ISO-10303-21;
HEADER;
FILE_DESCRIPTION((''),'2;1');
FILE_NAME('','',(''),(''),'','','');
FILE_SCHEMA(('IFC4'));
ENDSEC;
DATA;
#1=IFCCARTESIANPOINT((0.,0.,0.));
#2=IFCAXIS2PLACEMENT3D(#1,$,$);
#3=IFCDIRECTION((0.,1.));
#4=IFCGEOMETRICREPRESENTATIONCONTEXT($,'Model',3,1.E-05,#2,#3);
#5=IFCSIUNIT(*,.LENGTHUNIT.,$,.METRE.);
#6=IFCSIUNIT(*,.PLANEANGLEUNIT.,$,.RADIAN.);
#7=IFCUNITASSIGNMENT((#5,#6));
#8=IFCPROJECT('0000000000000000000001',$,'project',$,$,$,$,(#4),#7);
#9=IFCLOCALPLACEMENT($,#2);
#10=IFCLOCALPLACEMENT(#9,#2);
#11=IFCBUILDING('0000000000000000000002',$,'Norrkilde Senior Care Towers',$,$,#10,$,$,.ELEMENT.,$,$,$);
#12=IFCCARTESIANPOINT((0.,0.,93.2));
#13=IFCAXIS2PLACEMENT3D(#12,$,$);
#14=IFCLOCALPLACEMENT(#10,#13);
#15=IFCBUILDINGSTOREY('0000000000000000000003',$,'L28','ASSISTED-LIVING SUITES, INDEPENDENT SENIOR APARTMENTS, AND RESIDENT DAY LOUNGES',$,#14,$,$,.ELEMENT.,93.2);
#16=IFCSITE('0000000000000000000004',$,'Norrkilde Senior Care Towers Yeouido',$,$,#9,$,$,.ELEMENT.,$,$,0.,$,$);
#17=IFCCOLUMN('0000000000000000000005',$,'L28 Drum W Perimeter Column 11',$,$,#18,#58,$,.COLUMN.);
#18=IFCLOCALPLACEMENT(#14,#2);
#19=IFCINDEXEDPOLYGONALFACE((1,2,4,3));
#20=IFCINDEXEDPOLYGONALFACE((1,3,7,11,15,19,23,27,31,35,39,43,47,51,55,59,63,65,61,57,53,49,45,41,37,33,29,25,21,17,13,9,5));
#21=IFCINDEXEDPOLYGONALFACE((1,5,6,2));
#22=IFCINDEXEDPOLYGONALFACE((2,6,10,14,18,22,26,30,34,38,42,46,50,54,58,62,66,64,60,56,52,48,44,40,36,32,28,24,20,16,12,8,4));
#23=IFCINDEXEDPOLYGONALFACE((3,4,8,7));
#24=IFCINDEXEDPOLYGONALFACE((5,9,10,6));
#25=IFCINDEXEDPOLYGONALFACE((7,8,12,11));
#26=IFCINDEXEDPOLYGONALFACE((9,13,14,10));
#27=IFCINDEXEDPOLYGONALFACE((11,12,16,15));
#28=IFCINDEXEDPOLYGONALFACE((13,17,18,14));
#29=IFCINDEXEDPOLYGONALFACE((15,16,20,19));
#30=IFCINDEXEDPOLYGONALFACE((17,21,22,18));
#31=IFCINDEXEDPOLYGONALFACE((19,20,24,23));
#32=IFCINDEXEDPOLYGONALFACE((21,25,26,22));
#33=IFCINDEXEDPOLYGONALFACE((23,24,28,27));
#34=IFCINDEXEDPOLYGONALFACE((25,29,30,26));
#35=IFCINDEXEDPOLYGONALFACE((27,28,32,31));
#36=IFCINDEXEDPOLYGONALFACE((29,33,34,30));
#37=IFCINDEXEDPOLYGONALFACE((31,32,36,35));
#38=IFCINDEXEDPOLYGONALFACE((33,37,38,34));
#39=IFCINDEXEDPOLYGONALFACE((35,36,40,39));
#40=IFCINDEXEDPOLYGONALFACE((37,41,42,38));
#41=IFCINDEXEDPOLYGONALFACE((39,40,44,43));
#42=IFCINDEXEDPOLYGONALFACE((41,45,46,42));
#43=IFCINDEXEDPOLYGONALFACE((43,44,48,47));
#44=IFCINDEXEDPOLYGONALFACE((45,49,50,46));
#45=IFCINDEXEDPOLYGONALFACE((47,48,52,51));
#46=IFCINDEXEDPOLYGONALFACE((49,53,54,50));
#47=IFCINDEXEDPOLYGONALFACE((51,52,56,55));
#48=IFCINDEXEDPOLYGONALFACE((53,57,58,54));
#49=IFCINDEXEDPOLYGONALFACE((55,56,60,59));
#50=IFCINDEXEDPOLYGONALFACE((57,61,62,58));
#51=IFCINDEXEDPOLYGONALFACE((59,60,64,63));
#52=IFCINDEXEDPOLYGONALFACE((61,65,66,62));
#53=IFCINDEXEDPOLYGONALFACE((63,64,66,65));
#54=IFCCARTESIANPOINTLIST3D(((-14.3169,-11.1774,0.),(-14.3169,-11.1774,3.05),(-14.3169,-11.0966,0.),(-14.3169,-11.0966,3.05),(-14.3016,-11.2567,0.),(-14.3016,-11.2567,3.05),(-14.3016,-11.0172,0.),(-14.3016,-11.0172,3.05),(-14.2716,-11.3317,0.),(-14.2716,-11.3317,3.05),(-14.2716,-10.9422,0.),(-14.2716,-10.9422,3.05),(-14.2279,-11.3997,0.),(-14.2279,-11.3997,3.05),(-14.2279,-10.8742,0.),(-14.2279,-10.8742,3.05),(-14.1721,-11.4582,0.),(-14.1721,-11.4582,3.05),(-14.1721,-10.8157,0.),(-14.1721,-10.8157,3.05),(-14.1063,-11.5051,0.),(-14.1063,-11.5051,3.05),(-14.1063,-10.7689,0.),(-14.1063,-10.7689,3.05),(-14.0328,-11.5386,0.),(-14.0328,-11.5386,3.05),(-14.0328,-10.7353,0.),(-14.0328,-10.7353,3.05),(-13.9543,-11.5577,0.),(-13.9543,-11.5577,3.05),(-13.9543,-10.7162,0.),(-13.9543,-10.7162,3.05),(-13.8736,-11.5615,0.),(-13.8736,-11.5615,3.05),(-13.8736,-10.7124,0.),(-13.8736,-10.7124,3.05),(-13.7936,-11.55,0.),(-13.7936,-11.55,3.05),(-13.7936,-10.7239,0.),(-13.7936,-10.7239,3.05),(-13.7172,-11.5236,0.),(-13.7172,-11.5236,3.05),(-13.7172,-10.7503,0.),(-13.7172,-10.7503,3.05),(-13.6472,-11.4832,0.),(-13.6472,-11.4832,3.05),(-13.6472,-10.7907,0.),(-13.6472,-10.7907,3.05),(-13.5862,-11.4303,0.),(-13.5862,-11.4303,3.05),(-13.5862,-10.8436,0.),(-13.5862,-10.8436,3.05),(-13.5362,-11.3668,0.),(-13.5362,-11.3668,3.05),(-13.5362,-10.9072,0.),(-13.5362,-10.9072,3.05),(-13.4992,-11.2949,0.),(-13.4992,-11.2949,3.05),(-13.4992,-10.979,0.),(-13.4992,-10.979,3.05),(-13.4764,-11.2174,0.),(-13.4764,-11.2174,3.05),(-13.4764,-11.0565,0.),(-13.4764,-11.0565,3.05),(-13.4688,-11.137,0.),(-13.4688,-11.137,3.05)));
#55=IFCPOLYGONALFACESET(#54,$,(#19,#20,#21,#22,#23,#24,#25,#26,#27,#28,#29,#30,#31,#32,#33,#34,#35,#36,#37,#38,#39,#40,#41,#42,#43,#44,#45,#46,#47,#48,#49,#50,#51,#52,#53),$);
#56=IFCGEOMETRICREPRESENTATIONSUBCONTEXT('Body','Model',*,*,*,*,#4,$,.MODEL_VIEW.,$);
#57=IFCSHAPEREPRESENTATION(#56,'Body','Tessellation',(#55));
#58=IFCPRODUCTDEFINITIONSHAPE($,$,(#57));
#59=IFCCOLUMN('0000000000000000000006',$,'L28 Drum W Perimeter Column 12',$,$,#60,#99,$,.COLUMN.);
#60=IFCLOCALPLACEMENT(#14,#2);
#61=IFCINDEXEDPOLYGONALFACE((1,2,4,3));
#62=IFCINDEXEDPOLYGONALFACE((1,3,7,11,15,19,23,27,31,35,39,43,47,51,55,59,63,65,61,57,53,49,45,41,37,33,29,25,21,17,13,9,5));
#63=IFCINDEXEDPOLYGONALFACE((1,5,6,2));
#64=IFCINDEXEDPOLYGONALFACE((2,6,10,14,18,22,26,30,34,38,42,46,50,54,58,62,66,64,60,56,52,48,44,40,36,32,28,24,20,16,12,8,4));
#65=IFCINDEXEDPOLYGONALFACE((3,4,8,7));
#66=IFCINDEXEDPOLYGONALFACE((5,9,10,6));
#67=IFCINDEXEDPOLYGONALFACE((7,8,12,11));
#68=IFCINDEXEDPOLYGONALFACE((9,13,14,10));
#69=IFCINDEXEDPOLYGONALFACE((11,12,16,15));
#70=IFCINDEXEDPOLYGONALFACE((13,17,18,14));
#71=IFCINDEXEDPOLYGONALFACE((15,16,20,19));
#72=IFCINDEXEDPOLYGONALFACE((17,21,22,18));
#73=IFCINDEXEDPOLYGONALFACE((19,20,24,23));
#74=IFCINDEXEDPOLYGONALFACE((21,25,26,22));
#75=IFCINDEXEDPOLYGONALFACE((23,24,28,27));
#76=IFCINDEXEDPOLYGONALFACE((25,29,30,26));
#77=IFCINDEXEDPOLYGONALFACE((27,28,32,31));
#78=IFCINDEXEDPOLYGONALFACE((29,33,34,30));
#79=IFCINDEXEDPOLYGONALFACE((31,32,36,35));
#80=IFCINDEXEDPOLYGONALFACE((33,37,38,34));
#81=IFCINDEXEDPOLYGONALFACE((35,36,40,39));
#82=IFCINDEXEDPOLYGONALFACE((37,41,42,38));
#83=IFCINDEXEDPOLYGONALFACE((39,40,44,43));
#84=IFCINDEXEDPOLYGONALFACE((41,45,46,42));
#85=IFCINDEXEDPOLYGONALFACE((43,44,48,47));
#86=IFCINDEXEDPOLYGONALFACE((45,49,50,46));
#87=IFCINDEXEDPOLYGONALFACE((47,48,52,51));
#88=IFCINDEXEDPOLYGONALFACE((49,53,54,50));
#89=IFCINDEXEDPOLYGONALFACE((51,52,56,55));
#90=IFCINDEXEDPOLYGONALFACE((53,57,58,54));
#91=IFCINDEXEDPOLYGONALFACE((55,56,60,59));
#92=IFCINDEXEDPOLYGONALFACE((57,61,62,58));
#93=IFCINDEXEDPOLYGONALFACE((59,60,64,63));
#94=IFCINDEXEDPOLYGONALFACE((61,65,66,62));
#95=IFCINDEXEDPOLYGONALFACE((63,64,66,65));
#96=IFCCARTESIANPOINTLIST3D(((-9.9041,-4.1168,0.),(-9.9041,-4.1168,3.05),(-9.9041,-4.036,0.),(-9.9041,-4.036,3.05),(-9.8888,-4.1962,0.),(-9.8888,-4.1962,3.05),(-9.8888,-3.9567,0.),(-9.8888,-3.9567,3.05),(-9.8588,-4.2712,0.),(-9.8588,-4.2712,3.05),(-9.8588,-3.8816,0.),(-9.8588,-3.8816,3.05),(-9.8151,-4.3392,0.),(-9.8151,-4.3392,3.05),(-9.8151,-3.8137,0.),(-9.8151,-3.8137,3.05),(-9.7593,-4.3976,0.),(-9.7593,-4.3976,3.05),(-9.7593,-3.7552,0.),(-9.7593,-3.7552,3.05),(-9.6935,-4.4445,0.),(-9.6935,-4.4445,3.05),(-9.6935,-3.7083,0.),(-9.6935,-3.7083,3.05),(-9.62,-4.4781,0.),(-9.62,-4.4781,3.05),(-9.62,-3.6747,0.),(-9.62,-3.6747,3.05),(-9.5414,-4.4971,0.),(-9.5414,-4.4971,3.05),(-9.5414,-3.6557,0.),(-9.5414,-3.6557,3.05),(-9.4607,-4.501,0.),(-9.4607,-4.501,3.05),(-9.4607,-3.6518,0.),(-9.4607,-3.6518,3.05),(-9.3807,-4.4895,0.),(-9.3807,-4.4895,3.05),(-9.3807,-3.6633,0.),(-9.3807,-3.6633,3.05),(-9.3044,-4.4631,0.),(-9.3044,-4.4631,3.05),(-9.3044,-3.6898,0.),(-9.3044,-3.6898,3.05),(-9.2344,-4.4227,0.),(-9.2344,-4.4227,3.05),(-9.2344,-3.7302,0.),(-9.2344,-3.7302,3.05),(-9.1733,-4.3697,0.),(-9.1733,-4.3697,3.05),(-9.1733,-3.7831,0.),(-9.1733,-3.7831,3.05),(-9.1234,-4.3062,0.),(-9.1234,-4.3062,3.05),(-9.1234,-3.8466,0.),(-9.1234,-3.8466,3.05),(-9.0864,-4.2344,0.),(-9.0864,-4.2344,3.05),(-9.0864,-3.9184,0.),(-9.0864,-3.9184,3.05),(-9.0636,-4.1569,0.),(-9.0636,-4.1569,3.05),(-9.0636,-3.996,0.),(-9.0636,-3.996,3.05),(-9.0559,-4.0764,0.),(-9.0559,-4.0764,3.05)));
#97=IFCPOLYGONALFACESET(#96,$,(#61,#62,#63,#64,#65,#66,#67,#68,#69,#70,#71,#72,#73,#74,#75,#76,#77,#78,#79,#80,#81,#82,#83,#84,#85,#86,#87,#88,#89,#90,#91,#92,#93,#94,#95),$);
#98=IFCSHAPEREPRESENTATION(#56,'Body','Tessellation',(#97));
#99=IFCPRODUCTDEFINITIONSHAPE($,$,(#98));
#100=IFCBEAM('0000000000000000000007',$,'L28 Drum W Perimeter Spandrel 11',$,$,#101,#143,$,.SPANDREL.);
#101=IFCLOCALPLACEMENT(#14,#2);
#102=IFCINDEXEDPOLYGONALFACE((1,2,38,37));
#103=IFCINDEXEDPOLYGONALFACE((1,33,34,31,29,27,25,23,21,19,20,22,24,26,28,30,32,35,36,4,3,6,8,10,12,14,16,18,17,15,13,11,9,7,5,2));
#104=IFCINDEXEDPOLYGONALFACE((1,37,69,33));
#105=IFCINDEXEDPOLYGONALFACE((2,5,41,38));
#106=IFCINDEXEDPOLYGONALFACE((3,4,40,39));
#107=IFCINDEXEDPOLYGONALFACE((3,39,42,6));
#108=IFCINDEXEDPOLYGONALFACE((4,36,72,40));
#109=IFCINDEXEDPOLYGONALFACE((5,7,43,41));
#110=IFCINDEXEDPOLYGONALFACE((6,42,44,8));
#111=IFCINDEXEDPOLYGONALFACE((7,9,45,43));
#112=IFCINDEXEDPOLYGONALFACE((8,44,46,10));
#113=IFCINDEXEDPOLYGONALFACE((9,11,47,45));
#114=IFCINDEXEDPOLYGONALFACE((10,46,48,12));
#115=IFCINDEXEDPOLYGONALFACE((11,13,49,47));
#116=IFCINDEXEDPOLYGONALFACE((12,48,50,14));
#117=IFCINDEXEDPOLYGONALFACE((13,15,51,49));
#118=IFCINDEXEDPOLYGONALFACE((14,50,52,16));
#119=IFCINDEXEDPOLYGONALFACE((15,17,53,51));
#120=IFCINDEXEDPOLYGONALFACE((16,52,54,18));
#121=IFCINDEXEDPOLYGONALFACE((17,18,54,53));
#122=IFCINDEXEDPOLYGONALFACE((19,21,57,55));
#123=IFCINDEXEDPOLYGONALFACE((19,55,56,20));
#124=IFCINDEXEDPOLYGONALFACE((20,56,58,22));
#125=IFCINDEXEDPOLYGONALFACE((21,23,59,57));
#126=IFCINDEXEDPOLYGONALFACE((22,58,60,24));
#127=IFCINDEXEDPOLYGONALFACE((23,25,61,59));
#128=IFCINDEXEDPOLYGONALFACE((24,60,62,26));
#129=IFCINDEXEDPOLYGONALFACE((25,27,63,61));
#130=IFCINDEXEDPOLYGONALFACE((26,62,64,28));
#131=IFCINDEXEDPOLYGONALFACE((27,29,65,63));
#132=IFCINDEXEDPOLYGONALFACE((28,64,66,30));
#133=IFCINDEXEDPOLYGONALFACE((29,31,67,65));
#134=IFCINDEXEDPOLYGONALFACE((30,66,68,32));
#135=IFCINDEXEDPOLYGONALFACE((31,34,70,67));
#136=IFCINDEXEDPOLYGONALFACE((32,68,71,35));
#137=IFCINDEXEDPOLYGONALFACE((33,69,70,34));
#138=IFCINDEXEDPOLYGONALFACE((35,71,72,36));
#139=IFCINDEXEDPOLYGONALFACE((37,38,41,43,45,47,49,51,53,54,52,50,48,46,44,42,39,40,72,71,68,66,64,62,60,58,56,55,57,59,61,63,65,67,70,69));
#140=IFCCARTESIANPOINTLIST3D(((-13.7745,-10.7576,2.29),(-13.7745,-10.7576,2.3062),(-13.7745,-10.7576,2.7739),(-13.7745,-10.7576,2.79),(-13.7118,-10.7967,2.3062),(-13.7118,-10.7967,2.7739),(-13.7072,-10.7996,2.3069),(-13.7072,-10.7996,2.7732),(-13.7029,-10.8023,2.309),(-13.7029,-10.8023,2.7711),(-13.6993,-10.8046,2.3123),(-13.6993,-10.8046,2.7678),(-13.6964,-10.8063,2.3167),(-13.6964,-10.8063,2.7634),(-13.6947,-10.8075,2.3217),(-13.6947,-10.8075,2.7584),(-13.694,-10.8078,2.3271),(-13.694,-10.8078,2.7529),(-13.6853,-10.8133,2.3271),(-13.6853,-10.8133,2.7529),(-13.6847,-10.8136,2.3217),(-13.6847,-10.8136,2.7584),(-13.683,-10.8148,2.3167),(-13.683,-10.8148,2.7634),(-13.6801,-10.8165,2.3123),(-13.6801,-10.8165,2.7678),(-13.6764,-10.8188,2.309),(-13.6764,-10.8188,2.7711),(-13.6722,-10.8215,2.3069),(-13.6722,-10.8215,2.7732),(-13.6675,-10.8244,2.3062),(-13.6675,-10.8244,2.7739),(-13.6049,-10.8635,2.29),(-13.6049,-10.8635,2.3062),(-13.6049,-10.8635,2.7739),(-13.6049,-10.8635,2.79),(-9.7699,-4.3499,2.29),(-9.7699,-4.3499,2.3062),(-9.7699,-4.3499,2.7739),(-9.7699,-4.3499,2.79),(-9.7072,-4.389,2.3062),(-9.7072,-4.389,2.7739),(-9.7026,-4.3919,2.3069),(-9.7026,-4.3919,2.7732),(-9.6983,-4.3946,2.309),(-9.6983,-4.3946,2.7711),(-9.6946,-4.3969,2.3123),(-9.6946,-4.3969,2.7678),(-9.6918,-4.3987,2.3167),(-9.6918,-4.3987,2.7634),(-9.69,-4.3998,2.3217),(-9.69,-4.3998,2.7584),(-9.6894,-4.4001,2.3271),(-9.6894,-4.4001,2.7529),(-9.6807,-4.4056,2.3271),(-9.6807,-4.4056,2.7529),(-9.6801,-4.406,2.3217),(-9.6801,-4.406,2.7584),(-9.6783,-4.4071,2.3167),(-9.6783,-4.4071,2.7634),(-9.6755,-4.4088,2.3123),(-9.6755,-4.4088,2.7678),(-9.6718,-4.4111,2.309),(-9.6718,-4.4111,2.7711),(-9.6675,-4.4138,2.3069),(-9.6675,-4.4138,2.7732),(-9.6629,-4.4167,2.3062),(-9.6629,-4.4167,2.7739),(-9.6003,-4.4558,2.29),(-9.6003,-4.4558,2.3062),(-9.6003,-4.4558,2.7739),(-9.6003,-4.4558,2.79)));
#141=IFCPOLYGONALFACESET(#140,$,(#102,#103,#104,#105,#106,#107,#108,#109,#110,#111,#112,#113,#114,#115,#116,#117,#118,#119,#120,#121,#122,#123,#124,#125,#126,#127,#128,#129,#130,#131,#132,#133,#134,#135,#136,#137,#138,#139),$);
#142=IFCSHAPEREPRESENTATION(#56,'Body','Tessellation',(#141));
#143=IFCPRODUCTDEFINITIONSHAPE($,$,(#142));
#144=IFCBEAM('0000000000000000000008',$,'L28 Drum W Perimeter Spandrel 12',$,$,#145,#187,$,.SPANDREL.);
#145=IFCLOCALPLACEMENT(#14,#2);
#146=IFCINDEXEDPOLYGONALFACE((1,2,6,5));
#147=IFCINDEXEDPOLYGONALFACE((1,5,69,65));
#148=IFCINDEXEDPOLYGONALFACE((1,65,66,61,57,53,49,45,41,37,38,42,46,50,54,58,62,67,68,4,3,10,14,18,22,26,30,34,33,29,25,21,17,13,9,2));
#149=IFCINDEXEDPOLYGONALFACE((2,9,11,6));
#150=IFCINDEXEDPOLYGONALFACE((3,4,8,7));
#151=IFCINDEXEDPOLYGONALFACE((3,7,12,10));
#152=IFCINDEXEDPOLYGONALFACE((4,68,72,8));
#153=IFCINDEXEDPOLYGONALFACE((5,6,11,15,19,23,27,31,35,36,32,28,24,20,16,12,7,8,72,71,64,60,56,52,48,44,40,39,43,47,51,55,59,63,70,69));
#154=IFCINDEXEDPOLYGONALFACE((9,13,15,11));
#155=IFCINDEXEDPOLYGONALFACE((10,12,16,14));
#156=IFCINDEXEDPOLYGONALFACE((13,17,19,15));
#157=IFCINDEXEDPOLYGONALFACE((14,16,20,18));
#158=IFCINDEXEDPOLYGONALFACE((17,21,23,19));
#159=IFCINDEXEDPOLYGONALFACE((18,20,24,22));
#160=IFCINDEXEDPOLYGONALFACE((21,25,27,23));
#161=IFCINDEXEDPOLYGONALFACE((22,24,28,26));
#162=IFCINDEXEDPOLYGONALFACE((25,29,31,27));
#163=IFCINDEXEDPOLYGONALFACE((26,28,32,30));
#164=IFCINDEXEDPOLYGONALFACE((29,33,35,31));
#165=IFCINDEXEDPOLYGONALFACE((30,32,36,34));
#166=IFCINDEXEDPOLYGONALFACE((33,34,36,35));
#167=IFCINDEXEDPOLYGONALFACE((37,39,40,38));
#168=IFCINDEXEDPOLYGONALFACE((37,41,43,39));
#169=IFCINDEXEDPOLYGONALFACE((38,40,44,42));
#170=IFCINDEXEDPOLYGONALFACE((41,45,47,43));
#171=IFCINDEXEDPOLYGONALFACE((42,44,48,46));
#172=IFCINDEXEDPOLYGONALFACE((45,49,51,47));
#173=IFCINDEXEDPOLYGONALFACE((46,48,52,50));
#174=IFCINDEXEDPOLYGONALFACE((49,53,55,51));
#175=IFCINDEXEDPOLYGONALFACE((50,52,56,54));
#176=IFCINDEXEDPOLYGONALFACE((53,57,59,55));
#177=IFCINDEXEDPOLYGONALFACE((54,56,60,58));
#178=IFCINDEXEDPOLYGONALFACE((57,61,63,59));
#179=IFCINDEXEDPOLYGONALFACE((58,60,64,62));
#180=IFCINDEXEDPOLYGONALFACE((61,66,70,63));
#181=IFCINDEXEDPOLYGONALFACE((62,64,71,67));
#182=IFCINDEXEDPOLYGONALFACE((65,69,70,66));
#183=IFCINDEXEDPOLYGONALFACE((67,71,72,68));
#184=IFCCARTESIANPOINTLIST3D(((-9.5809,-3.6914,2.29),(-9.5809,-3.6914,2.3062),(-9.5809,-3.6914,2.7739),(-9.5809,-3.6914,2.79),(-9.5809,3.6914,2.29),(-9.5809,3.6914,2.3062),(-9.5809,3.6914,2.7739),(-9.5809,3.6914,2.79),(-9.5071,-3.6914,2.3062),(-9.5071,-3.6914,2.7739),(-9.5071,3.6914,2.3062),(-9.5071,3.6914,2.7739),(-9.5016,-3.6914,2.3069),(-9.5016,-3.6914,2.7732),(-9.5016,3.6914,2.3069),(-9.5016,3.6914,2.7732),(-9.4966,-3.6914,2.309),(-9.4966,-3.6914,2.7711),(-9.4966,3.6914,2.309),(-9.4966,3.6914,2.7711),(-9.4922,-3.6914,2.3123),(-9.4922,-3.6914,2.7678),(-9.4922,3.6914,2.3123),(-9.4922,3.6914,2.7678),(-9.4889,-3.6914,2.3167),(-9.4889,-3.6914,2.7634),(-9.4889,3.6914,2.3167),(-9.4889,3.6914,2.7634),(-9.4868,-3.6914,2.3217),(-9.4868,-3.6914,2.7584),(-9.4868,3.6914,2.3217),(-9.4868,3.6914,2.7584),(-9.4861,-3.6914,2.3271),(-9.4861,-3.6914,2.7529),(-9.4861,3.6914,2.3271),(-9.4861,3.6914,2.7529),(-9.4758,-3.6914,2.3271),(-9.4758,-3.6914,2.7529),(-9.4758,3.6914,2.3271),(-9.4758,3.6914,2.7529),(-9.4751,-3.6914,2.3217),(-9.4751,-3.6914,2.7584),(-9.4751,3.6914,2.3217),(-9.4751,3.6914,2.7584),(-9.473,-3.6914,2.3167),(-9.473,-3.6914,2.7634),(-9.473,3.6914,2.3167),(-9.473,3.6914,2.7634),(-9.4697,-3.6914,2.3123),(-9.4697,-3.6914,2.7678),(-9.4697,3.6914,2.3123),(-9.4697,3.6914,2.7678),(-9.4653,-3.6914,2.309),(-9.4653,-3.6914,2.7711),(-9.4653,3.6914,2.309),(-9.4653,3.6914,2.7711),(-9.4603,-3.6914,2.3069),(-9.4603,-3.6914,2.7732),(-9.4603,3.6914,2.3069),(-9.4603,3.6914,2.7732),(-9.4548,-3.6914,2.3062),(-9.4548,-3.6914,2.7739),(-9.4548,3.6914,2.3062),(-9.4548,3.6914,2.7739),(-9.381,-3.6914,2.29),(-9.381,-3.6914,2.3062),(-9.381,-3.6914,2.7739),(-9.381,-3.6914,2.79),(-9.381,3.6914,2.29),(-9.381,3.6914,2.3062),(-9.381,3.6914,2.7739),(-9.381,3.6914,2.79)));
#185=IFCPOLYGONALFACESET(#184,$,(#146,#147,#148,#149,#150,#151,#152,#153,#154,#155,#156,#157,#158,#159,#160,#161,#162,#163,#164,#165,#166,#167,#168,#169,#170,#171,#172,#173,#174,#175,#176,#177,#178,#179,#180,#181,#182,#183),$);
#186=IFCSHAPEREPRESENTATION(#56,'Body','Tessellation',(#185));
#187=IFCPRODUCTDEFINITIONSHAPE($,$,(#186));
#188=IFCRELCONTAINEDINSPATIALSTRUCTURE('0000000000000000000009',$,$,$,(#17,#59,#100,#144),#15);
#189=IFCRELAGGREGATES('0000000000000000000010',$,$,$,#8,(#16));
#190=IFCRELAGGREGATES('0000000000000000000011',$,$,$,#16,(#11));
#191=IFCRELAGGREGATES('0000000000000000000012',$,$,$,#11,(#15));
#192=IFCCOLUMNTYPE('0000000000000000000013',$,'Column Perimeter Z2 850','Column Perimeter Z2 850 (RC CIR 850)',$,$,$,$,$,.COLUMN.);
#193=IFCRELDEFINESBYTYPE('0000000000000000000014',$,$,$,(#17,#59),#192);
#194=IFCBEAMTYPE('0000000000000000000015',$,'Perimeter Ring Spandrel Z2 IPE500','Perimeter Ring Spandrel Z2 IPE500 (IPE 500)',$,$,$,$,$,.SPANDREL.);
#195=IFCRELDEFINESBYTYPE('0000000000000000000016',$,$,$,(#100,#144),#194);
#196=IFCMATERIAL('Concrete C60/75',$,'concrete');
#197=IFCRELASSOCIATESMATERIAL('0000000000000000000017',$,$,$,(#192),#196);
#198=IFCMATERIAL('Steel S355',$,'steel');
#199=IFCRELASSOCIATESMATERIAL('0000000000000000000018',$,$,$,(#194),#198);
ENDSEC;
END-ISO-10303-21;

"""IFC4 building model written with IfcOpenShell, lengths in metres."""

from ifc_helpers import new_model, si_unit, direction, frame, origin, origin_2d, place, context, subcontext, project, spatial, circle, i_section, extrude, source, transform, mapped, material, material_profile, profile_set, type_object, type_shapes, element, save


model = new_model("IFC4")

# Units and contexts
model_context = context("Model", 3, precision=1e-05, world=origin(), true_north=direction((0.0, 1.0)))
body_context = subcontext(model_context, "Body", "Model", "MODEL_VIEW")
ifc_project = project(units=[si_unit("LENGTHUNIT", "METRE"), si_unit("PLANEANGLEUNIT", "RADIAN")], contexts=[model_context])

# Site, building, storey
site_placement = place(None, origin())
site = spatial("IfcSite", under=ifc_project, at=site_placement, Name="Norrkilde Senior Care Towers Yeouido", CompositionType="ELEMENT", RefElevation=0.0)
building_placement = place(site_placement, origin())
building = spatial("IfcBuilding", under=site, at=building_placement, Name="Norrkilde Senior Care Towers", CompositionType="ELEMENT")
storey_placement = place(building_placement, frame((0.0, 0.0, 93.2)))
storey = spatial("IfcBuildingStorey", under=building, at=storey_placement, Name="L28", Description="ASSISTED-LIVING SUITES, INDEPENDENT SENIOR APARTMENTS, AND RESIDENT DAY LOUNGES", CompositionType="ELEMENT", Elevation=93.2)

# Columns
ifc_material_1 = material(Name="Concrete C60/75", Category="concrete")
ifc_material_profile_1 = material_profile(ifc_material_1, circle(Radius=0.425, at=origin_2d()), Name="RC CIR 850")
ifc_profile_set_1 = profile_set([ifc_material_profile_1], Name="Concrete C60/75")
column_type = type_object("IfcColumnType", Name="Column Perimeter Z2 850", Description="Column Perimeter Z2 850 (RC CIR 850)", PredefinedType="COLUMN", material=ifc_profile_set_1)
shared_shape_1 = source(origin(), body_context, "Body", "SweptSolid", [
    extrude(circle(Radius=0.425, at=origin_2d()), origin(), (0.0, 0.0, 1.0), 3.05),
])
type_shapes(column_type, [shared_shape_1])
for number, where, z_axis, x_axis, name in (
    (1, (-13.8938, -11.137, 0.0), (0.0, 0.0, 1.0), (1.0, 0.0, 0.0), "L28 Drum W Perimeter Column 11"),
    (2, (-9.481, -4.0764, 0.0), (0.0, 0.0, 1.0), (1.0, 0.0, 0.0), "L28 Drum W Perimeter Column 12"),
):
    element("IfcColumn", number, at=place(storey_placement, frame(where, z_axis=z_axis, x_axis=x_axis)), inside=storey, type_object=column_type, Name=name, PredefinedType="COLUMN", context=body_context, shape_type="MappedRepresentation", body=[
        mapped(shared_shape_1, transform((0.0, 0.0, 0.0), x_axis=(1.0, 0.0, 0.0), y_axis=(0.0, 1.0, 0.0), z_axis=(0.0, 0.0, 1.0), scale=1.0)),
    ])

# Beams
ifc_material_2 = material(Name="Steel S355", Category="steel")
ifc_material_profile_2 = material_profile(ifc_material_2, i_section(OverallWidth=0.2, OverallDepth=0.5, WebThickness=0.0103, FlangeThickness=0.0161, FilletRadius=0.021, at=origin_2d()), Name="IPE 500")
ifc_profile_set_2 = profile_set([ifc_material_profile_2], Name="Steel S355")
beam_type_1 = type_object("IfcBeamType", Name="Perimeter Ring Spandrel Z2 IPE500", Description="Perimeter Ring Spandrel Z2 IPE500 (IPE 500)", PredefinedType="SPANDREL", material=ifc_profile_set_2)
shared_shape_2 = source(origin(), body_context, "Body", "SweptSolid", [
    extrude(i_section(OverallWidth=0.2, OverallDepth=0.5, WebThickness=0.0103, FlangeThickness=0.0161, FilletRadius=0.021, at=origin_2d()), origin(), (0.0, 0.0, 1.0), 7.5562),
])
beam_1_placement = place(storey_placement, frame((-13.6897, -10.8105, 2.54), z_axis=(0.529982, 0.848009, 0.0), x_axis=(-0.848009, 0.529982, 0.0)))
element("IfcBeam", 3, at=beam_1_placement, inside=storey, type_object=beam_type_1, Name="L28 Drum W Perimeter Spandrel 11", PredefinedType="SPANDREL", context=body_context, shape_type="MappedRepresentation", body=[
    mapped(shared_shape_2, transform((0.0, 0.0, 0.0), x_axis=(1.0, 0.0, 0.0), y_axis=(0.0, 1.0, 0.0), z_axis=(0.0, 0.0, 1.0), scale=1.0)),
])
shared_shape_3 = source(origin(), body_context, "Body", "SweptSolid", [
    extrude(i_section(OverallWidth=0.2, OverallDepth=0.5, WebThickness=0.0103, FlangeThickness=0.0161, FilletRadius=0.021, at=origin_2d()), origin(), (0.0, 0.0, 1.0), 7.3828),
])
type_shapes(beam_type_1, [shared_shape_2, shared_shape_3])
beam_2_placement = place(storey_placement, frame((-9.481, -3.6914, 2.54), z_axis=(0.0, 1.0, 0.0), x_axis=(-1.0, 0.0, 0.0)))
element("IfcBeam", 4, at=beam_2_placement, inside=storey, type_object=beam_type_1, Name="L28 Drum W Perimeter Spandrel 12", PredefinedType="SPANDREL", context=body_context, shape_type="MappedRepresentation", body=[
    mapped(shared_shape_3, transform((0.0, 0.0, 0.0), x_axis=(1.0, 0.0, 0.0), y_axis=(0.0, 1.0, 0.0), z_axis=(0.0, 0.0, 1.0), scale=1.0)),
])

save(model, "model.ifc")
